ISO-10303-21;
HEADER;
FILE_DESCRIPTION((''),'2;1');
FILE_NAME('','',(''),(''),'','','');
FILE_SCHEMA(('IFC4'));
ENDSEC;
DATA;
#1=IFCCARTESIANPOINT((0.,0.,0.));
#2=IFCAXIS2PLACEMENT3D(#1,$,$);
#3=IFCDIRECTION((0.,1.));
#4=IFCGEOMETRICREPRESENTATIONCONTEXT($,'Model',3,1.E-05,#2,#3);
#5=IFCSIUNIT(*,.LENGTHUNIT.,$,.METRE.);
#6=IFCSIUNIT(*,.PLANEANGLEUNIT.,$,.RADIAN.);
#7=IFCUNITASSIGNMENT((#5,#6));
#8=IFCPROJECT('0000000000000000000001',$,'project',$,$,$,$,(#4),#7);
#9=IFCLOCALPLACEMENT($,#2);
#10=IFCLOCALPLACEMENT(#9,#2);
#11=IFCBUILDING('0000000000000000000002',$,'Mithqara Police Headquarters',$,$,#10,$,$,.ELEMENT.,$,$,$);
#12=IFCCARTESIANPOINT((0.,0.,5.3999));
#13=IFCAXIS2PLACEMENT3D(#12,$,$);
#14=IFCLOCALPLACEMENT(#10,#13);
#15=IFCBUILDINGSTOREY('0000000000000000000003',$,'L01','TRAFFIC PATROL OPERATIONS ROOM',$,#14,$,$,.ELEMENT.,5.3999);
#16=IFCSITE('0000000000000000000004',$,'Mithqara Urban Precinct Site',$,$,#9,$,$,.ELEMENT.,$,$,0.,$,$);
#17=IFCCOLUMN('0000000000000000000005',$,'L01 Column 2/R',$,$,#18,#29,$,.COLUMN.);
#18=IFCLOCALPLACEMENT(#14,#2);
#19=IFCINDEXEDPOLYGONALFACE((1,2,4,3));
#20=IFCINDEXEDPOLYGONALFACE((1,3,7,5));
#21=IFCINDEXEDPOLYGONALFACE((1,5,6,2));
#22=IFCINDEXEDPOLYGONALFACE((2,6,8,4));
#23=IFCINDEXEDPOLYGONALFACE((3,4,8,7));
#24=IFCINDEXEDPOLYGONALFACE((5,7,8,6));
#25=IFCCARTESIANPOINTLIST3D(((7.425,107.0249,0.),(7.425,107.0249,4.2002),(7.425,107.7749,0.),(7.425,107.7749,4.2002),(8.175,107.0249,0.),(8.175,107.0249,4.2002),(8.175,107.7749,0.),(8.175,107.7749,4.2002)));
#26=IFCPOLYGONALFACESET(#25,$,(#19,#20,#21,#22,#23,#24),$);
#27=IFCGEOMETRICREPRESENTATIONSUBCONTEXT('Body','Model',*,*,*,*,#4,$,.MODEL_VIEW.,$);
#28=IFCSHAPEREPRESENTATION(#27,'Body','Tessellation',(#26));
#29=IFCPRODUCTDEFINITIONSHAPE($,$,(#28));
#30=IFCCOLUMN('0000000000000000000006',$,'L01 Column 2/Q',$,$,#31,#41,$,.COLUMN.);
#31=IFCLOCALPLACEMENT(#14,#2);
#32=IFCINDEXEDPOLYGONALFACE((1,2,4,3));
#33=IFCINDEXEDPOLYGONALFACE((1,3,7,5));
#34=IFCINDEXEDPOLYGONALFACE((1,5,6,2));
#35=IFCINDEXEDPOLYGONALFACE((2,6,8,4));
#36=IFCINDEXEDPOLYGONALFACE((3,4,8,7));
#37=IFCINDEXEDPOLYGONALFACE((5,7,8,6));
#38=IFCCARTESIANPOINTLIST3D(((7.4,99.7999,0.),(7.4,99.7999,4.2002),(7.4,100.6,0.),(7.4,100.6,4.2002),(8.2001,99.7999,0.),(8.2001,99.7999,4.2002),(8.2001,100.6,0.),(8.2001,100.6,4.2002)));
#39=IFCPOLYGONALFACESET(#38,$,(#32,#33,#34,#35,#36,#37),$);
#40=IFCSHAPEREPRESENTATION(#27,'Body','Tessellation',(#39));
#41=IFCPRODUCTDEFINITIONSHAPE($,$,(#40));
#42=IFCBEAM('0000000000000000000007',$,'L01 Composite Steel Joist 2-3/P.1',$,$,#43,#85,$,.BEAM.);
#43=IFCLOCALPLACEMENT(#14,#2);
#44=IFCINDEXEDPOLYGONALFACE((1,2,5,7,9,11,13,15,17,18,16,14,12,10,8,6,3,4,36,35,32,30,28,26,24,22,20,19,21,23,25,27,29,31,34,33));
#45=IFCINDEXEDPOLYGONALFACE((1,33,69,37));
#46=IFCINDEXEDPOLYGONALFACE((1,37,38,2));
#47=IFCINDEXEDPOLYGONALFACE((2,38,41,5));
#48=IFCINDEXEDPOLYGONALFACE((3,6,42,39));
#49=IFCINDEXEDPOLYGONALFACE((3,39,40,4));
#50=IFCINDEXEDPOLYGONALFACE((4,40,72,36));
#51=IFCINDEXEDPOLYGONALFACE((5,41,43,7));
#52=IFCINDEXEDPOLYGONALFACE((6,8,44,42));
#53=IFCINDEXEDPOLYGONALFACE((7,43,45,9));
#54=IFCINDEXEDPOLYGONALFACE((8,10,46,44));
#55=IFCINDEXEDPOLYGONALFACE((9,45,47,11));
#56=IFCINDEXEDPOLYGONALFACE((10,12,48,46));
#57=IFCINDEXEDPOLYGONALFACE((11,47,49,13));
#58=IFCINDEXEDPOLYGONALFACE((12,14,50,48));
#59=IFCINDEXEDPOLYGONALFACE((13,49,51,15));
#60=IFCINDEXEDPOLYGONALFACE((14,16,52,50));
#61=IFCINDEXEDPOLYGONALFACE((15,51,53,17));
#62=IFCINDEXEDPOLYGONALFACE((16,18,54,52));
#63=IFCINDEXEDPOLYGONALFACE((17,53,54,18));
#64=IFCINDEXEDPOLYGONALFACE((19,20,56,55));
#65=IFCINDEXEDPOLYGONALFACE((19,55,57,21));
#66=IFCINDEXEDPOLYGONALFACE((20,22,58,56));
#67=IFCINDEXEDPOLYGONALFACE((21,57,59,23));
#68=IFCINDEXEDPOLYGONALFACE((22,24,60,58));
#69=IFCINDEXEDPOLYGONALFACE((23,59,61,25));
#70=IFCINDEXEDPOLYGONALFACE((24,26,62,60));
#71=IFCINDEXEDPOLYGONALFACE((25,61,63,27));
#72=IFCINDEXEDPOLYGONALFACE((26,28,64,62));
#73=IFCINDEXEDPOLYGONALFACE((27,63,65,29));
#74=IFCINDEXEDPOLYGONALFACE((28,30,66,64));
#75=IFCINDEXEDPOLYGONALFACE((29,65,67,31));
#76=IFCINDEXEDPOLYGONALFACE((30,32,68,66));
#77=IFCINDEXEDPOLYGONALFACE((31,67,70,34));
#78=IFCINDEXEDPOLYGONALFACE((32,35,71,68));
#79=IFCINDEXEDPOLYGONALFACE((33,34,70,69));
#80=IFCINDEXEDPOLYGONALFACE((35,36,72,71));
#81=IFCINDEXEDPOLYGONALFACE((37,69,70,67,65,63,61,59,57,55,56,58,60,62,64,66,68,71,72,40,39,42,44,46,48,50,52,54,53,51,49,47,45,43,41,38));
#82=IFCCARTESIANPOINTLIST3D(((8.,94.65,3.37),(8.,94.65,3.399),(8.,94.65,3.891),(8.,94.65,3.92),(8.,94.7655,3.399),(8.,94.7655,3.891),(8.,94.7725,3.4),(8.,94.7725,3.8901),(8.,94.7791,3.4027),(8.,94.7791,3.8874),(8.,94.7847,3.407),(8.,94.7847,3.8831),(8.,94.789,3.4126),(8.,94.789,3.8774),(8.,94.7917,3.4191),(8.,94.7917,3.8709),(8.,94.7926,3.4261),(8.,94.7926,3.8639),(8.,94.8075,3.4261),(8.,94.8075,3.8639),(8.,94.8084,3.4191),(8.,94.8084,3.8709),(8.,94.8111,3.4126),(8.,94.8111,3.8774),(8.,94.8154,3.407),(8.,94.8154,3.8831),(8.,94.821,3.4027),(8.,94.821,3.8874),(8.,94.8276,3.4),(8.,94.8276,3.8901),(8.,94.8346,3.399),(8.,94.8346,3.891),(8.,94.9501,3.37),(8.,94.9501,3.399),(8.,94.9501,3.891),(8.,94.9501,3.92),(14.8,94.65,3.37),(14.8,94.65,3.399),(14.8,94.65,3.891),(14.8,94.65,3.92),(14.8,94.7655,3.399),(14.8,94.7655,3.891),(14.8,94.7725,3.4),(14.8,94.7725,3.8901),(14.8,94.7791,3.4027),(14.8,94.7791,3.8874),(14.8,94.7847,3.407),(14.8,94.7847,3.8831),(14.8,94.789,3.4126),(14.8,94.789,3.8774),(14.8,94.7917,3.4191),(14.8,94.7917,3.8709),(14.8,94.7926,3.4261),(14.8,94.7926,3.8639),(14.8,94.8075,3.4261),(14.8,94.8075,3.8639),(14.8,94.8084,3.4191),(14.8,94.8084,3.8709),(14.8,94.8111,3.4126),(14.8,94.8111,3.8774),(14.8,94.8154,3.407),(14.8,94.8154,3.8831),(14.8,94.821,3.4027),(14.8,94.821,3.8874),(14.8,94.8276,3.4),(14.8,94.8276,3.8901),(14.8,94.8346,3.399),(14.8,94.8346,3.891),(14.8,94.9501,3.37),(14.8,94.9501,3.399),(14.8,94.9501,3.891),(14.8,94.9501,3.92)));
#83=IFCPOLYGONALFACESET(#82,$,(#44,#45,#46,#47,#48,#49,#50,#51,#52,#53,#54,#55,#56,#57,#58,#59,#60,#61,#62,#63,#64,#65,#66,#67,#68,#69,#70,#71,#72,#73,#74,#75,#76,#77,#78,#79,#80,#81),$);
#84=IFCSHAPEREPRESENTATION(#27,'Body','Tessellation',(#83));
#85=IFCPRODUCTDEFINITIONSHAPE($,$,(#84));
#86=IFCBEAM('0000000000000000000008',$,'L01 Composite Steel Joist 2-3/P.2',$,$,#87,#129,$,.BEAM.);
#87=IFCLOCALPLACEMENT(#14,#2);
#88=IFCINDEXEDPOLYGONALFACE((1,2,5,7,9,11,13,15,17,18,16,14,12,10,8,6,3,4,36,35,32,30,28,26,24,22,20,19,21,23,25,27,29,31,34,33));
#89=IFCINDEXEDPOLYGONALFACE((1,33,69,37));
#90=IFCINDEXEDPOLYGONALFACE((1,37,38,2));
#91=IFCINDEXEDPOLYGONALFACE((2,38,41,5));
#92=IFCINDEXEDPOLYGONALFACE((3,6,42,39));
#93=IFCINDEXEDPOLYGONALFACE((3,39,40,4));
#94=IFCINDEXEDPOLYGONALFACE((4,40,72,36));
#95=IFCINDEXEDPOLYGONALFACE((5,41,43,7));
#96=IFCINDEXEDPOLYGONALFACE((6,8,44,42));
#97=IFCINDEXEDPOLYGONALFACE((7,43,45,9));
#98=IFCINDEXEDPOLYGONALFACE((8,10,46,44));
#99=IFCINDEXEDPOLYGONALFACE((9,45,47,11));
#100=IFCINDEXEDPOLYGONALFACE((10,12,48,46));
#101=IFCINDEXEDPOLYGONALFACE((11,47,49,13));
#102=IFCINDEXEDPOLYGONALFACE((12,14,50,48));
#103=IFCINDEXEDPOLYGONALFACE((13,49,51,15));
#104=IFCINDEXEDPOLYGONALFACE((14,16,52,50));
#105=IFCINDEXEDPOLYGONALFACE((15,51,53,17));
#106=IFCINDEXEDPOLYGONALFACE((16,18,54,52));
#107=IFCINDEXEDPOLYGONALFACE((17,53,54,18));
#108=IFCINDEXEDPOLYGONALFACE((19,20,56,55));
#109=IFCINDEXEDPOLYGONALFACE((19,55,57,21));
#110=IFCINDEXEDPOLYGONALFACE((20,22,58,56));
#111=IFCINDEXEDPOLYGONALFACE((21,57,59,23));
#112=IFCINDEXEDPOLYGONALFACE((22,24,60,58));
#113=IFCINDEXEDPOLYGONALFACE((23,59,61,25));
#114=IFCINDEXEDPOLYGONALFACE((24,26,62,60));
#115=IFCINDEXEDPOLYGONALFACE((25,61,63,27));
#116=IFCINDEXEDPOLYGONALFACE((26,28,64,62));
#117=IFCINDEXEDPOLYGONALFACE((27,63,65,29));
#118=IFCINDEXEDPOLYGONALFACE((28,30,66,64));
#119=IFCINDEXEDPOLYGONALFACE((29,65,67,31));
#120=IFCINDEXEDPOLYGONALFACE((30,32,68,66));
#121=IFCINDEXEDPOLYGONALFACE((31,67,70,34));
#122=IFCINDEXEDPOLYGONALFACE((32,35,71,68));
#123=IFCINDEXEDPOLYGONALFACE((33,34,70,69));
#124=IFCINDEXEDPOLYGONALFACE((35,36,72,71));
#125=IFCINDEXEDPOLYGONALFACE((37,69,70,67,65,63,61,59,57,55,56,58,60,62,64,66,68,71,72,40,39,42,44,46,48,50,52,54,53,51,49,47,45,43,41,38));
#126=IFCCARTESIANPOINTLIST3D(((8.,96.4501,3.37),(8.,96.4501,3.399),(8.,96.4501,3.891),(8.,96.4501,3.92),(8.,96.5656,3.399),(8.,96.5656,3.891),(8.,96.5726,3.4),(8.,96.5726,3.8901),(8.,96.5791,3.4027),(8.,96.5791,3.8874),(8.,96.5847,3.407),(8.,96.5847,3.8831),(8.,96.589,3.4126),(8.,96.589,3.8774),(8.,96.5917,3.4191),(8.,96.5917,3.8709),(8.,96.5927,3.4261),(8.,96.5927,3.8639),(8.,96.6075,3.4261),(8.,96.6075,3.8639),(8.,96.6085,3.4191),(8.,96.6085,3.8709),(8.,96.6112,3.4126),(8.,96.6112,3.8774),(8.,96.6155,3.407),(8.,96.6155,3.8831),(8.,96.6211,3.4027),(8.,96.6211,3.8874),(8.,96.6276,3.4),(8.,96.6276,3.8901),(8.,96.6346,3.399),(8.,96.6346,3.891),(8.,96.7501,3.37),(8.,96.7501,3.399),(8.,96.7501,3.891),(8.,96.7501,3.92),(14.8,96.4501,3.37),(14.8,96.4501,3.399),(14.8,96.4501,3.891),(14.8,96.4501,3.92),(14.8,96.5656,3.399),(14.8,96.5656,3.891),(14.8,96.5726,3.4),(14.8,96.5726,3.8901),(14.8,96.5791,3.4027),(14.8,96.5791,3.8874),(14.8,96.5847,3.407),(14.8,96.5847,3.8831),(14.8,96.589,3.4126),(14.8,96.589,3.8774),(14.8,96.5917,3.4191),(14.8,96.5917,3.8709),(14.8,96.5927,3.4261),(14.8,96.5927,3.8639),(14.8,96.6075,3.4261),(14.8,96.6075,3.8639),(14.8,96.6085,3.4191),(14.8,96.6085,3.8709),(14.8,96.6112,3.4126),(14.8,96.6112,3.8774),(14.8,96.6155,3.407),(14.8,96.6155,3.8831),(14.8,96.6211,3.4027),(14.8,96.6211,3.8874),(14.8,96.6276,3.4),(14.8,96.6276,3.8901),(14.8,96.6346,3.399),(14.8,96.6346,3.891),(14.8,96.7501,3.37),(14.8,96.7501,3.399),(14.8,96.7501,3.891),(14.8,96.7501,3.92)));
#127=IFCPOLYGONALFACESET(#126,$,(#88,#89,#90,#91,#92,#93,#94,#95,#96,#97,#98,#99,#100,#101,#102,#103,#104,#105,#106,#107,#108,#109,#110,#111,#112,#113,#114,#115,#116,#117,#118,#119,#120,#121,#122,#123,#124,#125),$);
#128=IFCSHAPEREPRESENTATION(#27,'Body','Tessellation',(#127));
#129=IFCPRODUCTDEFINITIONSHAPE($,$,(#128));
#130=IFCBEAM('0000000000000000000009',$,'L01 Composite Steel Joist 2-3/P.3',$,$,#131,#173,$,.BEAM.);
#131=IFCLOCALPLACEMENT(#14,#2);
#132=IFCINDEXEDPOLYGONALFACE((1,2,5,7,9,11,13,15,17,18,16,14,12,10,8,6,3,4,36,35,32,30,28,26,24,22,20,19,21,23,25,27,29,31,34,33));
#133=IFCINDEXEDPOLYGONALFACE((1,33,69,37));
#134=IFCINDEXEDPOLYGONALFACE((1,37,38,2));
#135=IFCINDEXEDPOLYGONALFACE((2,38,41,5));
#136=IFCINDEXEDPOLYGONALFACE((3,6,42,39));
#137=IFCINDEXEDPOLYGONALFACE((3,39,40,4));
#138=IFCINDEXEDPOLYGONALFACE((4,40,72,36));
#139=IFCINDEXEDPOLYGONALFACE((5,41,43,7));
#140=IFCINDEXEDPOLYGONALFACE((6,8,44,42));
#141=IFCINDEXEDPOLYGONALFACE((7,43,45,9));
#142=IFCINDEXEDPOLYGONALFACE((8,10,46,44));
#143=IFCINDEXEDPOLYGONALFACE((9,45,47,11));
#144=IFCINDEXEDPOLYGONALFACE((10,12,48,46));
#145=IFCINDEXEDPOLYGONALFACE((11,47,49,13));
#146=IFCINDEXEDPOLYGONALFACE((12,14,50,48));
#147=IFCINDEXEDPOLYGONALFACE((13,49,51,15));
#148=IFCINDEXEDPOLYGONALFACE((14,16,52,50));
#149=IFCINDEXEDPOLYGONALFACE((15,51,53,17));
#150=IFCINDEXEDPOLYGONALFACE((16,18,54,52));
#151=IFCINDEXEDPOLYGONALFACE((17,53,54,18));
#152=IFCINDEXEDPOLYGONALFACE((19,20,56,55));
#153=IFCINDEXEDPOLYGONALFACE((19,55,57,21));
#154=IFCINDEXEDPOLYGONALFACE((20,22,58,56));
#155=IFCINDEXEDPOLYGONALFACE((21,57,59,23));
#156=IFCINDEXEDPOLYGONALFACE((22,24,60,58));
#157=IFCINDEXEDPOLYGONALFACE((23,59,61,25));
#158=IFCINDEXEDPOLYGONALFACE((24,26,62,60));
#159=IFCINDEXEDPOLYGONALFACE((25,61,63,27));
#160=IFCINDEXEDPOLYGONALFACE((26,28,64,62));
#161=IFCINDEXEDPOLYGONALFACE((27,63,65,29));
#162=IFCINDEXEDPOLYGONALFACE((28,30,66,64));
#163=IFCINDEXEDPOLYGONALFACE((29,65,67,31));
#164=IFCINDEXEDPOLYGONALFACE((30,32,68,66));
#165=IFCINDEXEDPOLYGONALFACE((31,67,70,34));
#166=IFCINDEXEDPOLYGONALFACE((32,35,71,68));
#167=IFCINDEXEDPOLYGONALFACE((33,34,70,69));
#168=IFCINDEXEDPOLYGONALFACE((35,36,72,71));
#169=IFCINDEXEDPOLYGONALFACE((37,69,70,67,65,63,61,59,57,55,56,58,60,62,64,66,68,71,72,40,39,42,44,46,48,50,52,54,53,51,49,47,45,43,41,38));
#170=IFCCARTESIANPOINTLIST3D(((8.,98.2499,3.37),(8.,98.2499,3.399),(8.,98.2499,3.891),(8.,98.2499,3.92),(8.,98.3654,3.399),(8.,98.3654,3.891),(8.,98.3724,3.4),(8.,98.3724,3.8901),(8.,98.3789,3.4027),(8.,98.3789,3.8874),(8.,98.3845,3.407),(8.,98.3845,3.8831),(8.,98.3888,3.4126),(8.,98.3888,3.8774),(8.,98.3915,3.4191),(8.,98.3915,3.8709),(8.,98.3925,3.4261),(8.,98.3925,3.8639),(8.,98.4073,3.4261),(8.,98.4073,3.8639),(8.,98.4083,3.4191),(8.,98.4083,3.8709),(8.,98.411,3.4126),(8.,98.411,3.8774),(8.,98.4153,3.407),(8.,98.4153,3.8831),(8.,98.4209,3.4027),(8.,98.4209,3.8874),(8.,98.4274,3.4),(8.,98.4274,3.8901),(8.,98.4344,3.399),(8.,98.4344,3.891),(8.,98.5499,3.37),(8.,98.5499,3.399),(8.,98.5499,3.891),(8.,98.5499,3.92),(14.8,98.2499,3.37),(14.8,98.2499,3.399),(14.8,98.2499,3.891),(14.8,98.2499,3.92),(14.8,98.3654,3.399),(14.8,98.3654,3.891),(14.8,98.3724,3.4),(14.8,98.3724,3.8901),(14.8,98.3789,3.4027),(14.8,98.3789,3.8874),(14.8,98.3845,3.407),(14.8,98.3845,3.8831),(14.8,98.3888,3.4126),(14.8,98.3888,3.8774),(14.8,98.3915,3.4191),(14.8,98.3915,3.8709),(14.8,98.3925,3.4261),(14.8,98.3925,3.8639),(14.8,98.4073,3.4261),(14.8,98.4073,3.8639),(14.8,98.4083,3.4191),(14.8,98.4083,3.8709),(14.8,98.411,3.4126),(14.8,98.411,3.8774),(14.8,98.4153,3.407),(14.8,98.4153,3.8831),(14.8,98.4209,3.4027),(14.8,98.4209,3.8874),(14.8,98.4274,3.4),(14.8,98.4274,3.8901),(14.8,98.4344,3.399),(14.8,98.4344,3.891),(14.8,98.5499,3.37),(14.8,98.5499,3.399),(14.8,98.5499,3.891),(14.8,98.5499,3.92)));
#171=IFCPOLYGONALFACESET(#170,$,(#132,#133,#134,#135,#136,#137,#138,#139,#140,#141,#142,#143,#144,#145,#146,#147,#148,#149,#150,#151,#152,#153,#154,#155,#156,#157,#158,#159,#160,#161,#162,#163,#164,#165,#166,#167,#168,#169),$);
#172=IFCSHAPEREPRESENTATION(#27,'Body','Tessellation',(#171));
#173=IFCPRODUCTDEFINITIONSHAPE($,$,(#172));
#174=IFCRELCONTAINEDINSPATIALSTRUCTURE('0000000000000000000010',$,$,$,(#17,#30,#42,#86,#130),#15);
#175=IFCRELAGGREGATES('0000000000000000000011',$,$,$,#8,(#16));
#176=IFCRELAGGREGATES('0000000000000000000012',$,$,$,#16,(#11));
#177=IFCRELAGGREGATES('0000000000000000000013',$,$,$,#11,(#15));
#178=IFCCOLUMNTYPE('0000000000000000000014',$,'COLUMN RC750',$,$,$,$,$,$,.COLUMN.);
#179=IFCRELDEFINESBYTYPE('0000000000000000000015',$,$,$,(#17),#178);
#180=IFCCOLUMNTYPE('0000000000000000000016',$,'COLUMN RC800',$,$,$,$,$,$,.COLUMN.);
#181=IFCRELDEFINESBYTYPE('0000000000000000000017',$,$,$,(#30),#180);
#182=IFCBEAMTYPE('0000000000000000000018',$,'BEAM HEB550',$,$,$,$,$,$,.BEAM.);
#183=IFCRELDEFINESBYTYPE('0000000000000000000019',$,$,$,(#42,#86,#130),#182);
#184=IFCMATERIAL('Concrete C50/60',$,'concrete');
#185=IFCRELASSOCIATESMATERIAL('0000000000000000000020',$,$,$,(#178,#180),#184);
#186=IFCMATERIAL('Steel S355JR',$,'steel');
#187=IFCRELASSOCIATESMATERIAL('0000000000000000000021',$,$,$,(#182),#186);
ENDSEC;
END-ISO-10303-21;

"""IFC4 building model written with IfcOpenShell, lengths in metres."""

from ifc_helpers import new_model, si_unit, direction, frame, origin, origin_2d, place, context, subcontext, project, spatial, rectangle, i_section, extrude, material, material_profile, profile_set, type_object, element, save


model = new_model("IFC4")

# Units and contexts
model_context = context("Model", 3, precision=1e-05, world=origin(), true_north=direction((0.0, 1.0)))
body_context = subcontext(model_context, "Body", "Model", "MODEL_VIEW")
ifc_project = project(units=[si_unit("LENGTHUNIT", "METRE"), si_unit("PLANEANGLEUNIT", "RADIAN")], contexts=[model_context])

# Site, building, storey
site_placement = place(None, origin())
site = spatial("IfcSite", under=ifc_project, at=site_placement, Name="Mithqara Urban Precinct Site", CompositionType="ELEMENT", RefElevation=0.0)
building_placement = place(site_placement, origin())
building = spatial("IfcBuilding", under=site, at=building_placement, Name="Mithqara Police Headquarters", CompositionType="ELEMENT")
storey_placement = place(building_placement, frame((0.0, 0.0, 5.3999)))
storey = spatial("IfcBuildingStorey", under=building, at=storey_placement, Name="L01", Description="TRAFFIC PATROL OPERATIONS ROOM", CompositionType="ELEMENT", Elevation=5.3999)

# Columns
ifc_material_1 = material(Name="Concrete C50/60", Category="concrete")
ifc_material_profile_1 = material_profile(ifc_material_1, rectangle(XDim=0.75, YDim=0.75, at=origin_2d()), Name="RC 750x750")
ifc_profile_set_1 = profile_set([ifc_material_profile_1], Name="Concrete C50/60")
column_type_1 = type_object("IfcColumnType", Name="COLUMN RC750", PredefinedType="COLUMN", material=ifc_profile_set_1)
column_1_placement = place(storey_placement, frame((7.8, 107.3999, 0.0), z_axis=(0.0, 0.0, 1.0), x_axis=(1.0, 0.0, 0.0)))
element("IfcColumn", 1, at=column_1_placement, inside=storey, type_object=column_type_1, Name="L01 Column 2/R", PredefinedType="COLUMN", context=body_context, shape_type="SweptSolid", body=[
    extrude(rectangle(XDim=0.75, YDim=0.75, at=origin_2d()), origin(), (0.0, 0.0, 1.0), 4.2002),
])
ifc_material_profile_2 = material_profile(ifc_material_1, rectangle(XDim=0.8, YDim=0.8, at=origin_2d()), Name="RC 800x800")
ifc_profile_set_2 = profile_set([ifc_material_profile_2], Name="Concrete C50/60")
column_type_2 = type_object("IfcColumnType", Name="COLUMN RC800", PredefinedType="COLUMN", material=ifc_profile_set_2)
column_2_placement = place(storey_placement, frame((7.8, 100.2, 0.0), z_axis=(0.0, 0.0, 1.0), x_axis=(1.0, 0.0, 0.0)))
element("IfcColumn", 2, at=column_2_placement, inside=storey, type_object=column_type_2, Name="L01 Column 2/Q", PredefinedType="COLUMN", context=body_context, shape_type="SweptSolid", body=[
    extrude(rectangle(XDim=0.8, YDim=0.8, at=origin_2d()), origin(), (0.0, 0.0, 1.0), 4.2002),
])

# Beams
ifc_material_2 = material(Name="Steel S355JR", Category="steel")
ifc_material_profile_3 = material_profile(ifc_material_2, i_section(OverallWidth=0.3, OverallDepth=0.55, WebThickness=0.0149, FlangeThickness=0.0291, FilletRadius=0.0271, at=origin_2d()), Name="HEB 550")
ifc_profile_set_3 = profile_set([ifc_material_profile_3], Name="Steel S355JR")
beam_type_1 = type_object("IfcBeamType", Name="BEAM HEB550", PredefinedType="BEAM", material=ifc_profile_set_3)
for number, where, z_axis, x_axis, name in (
    (3, (8.0, 94.8, 3.645), (1.0, 0.0, 0.0), (0.0, 1.0, 0.0), "L01 Composite Steel Joist 2-3/P.1"),
    (4, (8.0, 96.6001, 3.645), (1.0, 0.0, 0.0), (0.0, 1.0, 0.0), "L01 Composite Steel Joist 2-3/P.2"),
    (5, (8.0, 98.3999, 3.645), (1.0, 0.0, 0.0), (0.0, 1.0, 0.0), "L01 Composite Steel Joist 2-3/P.3"),
):
    element("IfcBeam", number, at=place(storey_placement, frame(where, z_axis=z_axis, x_axis=x_axis)), inside=storey, type_object=beam_type_1, Name=name, PredefinedType="BEAM", context=body_context, shape_type="SweptSolid", body=[
        extrude(i_section(OverallWidth=0.3, OverallDepth=0.55, WebThickness=0.0149, FlangeThickness=0.0291, FilletRadius=0.0271, at=origin_2d()), origin(), (0.0, 0.0, 1.0), 6.8),
    ])

save(model, "model.ifc")
